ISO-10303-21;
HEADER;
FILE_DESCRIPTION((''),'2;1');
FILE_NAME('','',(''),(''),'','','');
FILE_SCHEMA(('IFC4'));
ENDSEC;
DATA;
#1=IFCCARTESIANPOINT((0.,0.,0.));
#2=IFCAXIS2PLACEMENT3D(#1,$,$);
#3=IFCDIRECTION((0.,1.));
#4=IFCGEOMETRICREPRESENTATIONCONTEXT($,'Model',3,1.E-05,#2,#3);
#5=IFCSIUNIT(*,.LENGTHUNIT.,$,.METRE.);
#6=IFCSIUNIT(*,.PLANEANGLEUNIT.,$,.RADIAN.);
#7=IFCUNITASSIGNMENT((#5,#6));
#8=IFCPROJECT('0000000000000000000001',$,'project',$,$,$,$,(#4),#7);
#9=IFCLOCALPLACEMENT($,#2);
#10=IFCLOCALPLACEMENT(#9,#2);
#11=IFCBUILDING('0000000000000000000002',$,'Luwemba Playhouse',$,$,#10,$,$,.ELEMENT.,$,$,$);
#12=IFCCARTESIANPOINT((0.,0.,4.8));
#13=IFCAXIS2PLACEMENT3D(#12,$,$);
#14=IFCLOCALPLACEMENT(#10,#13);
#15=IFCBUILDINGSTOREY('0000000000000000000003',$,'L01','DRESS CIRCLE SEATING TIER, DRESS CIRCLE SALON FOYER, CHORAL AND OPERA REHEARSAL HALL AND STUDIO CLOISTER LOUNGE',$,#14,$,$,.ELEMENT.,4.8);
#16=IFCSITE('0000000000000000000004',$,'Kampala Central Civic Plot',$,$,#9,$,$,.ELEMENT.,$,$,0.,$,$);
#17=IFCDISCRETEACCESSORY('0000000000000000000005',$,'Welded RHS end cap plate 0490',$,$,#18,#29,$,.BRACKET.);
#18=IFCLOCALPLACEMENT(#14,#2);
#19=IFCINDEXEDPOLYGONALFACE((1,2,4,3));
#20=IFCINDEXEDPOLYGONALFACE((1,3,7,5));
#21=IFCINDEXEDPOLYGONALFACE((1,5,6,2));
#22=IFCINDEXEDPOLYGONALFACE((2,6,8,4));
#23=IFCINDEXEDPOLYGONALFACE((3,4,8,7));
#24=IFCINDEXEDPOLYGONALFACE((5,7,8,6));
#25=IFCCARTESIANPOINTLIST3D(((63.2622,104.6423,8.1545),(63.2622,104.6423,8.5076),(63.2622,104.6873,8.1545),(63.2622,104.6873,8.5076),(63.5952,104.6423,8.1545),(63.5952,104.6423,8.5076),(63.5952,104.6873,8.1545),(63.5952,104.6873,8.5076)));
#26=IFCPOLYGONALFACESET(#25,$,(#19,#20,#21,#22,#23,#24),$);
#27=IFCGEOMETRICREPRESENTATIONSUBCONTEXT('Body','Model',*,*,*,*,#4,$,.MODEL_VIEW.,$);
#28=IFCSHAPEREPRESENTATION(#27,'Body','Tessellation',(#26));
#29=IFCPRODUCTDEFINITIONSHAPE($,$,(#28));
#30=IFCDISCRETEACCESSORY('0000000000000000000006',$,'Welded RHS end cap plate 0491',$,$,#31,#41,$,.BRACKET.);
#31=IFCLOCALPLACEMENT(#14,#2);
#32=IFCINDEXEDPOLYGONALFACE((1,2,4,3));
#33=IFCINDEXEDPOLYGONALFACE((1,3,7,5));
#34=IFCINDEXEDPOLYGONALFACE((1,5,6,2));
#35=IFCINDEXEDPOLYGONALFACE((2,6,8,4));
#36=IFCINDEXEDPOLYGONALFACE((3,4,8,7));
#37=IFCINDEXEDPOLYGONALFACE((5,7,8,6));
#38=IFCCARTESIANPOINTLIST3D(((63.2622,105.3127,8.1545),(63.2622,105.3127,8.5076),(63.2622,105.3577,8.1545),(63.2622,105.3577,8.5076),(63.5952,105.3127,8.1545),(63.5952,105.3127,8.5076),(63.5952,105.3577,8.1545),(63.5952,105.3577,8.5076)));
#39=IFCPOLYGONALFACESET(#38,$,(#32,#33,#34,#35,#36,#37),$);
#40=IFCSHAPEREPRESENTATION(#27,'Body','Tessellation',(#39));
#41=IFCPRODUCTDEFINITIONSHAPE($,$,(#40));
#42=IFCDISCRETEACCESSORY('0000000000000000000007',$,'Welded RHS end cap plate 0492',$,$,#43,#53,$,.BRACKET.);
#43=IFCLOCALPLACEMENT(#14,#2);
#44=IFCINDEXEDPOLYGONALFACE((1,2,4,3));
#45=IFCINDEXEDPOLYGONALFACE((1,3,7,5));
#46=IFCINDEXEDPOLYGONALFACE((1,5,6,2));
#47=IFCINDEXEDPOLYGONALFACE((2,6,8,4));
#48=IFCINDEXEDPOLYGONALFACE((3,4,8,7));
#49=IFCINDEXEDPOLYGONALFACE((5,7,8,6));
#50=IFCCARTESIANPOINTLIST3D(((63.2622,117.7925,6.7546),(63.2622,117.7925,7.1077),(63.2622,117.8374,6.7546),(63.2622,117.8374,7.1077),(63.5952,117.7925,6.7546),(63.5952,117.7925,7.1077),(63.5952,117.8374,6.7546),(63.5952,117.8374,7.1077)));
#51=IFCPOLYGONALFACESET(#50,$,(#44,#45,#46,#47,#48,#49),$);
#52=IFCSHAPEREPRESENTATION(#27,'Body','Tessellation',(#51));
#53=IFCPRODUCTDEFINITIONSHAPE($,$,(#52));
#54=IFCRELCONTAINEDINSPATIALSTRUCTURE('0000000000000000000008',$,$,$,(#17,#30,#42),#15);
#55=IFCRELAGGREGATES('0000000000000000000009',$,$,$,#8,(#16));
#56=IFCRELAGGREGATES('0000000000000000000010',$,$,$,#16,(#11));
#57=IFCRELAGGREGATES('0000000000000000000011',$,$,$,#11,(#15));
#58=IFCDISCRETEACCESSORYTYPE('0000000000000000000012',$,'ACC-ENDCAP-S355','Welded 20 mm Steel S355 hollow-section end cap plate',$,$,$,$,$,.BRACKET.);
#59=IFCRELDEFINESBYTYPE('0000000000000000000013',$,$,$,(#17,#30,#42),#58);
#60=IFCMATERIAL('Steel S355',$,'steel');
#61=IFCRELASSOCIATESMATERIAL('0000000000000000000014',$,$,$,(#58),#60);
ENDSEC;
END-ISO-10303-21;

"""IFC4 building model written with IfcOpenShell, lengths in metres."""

from ifc_helpers import new_model, si_unit, direction, frame, origin, origin_2d, place, context, subcontext, project, spatial, rectangle, extrude, material, type_object, element, save


model = new_model("IFC4")

# Units and contexts
model_context = context("Model", 3, precision=1e-05, world=origin(), true_north=direction((0.0, 1.0)))
body_context = subcontext(model_context, "Body", "Model", "MODEL_VIEW")
ifc_project = project(units=[si_unit("LENGTHUNIT", "METRE"), si_unit("PLANEANGLEUNIT", "RADIAN")], contexts=[model_context])

# Site, building, storey
site_placement = place(None, origin())
site = spatial("IfcSite", under=ifc_project, at=site_placement, Name="Kampala Central Civic Plot", CompositionType="ELEMENT", RefElevation=0.0)
building_placement = place(site_placement, origin())
building = spatial("IfcBuilding", under=site, at=building_placement, Name="Luwemba Playhouse", CompositionType="ELEMENT")
storey_placement = place(building_placement, frame((0.0, 0.0, 4.8)))
storey = spatial("IfcBuildingStorey", under=building, at=storey_placement, Name="L01", Description="DRESS CIRCLE SEATING TIER, DRESS CIRCLE SALON FOYER, CHORAL AND OPERA REHEARSAL HALL AND STUDIO CLOISTER LOUNGE", CompositionType="ELEMENT", Elevation=4.8)

# Shared definitions
ifc_material_1 = material(Name="Steel S355", Category="steel")

# Discrete accessories
discrete_accessory_type = type_object("IfcDiscreteAccessoryType", Name="ACC-ENDCAP-S355", Description="Welded 20 mm Steel S355 hollow-section end cap plate", PredefinedType="BRACKET", material=ifc_material_1)
for number, where, z_axis, x_axis, name in (
    (1, (63.4287, 104.6648, 8.1545), (0.0, 0.0, 1.0), (1.0, 0.0, 0.0), "Welded RHS end cap plate 0490"),
    (2, (63.4287, 105.3352, 8.1545), (0.0, 0.0, 1.0), (1.0, 0.0, 0.0), "Welded RHS end cap plate 0491"),
    (3, (63.4287, 117.8149, 6.7546), (0.0, 0.0, 1.0), (1.0, 0.0, 0.0), "Welded RHS end cap plate 0492"),
):
    element("IfcDiscreteAccessory", number, at=place(storey_placement, frame(where, z_axis=z_axis, x_axis=x_axis)), inside=storey, type_object=discrete_accessory_type, Name=name, PredefinedType="BRACKET", context=body_context, shape_type="SweptSolid", body=[
        extrude(rectangle(XDim=0.333, YDim=0.0449, at=origin_2d()), origin(), (0.0, 0.0, 1.0), 0.353),
    ])

save(model, "model.ifc")
